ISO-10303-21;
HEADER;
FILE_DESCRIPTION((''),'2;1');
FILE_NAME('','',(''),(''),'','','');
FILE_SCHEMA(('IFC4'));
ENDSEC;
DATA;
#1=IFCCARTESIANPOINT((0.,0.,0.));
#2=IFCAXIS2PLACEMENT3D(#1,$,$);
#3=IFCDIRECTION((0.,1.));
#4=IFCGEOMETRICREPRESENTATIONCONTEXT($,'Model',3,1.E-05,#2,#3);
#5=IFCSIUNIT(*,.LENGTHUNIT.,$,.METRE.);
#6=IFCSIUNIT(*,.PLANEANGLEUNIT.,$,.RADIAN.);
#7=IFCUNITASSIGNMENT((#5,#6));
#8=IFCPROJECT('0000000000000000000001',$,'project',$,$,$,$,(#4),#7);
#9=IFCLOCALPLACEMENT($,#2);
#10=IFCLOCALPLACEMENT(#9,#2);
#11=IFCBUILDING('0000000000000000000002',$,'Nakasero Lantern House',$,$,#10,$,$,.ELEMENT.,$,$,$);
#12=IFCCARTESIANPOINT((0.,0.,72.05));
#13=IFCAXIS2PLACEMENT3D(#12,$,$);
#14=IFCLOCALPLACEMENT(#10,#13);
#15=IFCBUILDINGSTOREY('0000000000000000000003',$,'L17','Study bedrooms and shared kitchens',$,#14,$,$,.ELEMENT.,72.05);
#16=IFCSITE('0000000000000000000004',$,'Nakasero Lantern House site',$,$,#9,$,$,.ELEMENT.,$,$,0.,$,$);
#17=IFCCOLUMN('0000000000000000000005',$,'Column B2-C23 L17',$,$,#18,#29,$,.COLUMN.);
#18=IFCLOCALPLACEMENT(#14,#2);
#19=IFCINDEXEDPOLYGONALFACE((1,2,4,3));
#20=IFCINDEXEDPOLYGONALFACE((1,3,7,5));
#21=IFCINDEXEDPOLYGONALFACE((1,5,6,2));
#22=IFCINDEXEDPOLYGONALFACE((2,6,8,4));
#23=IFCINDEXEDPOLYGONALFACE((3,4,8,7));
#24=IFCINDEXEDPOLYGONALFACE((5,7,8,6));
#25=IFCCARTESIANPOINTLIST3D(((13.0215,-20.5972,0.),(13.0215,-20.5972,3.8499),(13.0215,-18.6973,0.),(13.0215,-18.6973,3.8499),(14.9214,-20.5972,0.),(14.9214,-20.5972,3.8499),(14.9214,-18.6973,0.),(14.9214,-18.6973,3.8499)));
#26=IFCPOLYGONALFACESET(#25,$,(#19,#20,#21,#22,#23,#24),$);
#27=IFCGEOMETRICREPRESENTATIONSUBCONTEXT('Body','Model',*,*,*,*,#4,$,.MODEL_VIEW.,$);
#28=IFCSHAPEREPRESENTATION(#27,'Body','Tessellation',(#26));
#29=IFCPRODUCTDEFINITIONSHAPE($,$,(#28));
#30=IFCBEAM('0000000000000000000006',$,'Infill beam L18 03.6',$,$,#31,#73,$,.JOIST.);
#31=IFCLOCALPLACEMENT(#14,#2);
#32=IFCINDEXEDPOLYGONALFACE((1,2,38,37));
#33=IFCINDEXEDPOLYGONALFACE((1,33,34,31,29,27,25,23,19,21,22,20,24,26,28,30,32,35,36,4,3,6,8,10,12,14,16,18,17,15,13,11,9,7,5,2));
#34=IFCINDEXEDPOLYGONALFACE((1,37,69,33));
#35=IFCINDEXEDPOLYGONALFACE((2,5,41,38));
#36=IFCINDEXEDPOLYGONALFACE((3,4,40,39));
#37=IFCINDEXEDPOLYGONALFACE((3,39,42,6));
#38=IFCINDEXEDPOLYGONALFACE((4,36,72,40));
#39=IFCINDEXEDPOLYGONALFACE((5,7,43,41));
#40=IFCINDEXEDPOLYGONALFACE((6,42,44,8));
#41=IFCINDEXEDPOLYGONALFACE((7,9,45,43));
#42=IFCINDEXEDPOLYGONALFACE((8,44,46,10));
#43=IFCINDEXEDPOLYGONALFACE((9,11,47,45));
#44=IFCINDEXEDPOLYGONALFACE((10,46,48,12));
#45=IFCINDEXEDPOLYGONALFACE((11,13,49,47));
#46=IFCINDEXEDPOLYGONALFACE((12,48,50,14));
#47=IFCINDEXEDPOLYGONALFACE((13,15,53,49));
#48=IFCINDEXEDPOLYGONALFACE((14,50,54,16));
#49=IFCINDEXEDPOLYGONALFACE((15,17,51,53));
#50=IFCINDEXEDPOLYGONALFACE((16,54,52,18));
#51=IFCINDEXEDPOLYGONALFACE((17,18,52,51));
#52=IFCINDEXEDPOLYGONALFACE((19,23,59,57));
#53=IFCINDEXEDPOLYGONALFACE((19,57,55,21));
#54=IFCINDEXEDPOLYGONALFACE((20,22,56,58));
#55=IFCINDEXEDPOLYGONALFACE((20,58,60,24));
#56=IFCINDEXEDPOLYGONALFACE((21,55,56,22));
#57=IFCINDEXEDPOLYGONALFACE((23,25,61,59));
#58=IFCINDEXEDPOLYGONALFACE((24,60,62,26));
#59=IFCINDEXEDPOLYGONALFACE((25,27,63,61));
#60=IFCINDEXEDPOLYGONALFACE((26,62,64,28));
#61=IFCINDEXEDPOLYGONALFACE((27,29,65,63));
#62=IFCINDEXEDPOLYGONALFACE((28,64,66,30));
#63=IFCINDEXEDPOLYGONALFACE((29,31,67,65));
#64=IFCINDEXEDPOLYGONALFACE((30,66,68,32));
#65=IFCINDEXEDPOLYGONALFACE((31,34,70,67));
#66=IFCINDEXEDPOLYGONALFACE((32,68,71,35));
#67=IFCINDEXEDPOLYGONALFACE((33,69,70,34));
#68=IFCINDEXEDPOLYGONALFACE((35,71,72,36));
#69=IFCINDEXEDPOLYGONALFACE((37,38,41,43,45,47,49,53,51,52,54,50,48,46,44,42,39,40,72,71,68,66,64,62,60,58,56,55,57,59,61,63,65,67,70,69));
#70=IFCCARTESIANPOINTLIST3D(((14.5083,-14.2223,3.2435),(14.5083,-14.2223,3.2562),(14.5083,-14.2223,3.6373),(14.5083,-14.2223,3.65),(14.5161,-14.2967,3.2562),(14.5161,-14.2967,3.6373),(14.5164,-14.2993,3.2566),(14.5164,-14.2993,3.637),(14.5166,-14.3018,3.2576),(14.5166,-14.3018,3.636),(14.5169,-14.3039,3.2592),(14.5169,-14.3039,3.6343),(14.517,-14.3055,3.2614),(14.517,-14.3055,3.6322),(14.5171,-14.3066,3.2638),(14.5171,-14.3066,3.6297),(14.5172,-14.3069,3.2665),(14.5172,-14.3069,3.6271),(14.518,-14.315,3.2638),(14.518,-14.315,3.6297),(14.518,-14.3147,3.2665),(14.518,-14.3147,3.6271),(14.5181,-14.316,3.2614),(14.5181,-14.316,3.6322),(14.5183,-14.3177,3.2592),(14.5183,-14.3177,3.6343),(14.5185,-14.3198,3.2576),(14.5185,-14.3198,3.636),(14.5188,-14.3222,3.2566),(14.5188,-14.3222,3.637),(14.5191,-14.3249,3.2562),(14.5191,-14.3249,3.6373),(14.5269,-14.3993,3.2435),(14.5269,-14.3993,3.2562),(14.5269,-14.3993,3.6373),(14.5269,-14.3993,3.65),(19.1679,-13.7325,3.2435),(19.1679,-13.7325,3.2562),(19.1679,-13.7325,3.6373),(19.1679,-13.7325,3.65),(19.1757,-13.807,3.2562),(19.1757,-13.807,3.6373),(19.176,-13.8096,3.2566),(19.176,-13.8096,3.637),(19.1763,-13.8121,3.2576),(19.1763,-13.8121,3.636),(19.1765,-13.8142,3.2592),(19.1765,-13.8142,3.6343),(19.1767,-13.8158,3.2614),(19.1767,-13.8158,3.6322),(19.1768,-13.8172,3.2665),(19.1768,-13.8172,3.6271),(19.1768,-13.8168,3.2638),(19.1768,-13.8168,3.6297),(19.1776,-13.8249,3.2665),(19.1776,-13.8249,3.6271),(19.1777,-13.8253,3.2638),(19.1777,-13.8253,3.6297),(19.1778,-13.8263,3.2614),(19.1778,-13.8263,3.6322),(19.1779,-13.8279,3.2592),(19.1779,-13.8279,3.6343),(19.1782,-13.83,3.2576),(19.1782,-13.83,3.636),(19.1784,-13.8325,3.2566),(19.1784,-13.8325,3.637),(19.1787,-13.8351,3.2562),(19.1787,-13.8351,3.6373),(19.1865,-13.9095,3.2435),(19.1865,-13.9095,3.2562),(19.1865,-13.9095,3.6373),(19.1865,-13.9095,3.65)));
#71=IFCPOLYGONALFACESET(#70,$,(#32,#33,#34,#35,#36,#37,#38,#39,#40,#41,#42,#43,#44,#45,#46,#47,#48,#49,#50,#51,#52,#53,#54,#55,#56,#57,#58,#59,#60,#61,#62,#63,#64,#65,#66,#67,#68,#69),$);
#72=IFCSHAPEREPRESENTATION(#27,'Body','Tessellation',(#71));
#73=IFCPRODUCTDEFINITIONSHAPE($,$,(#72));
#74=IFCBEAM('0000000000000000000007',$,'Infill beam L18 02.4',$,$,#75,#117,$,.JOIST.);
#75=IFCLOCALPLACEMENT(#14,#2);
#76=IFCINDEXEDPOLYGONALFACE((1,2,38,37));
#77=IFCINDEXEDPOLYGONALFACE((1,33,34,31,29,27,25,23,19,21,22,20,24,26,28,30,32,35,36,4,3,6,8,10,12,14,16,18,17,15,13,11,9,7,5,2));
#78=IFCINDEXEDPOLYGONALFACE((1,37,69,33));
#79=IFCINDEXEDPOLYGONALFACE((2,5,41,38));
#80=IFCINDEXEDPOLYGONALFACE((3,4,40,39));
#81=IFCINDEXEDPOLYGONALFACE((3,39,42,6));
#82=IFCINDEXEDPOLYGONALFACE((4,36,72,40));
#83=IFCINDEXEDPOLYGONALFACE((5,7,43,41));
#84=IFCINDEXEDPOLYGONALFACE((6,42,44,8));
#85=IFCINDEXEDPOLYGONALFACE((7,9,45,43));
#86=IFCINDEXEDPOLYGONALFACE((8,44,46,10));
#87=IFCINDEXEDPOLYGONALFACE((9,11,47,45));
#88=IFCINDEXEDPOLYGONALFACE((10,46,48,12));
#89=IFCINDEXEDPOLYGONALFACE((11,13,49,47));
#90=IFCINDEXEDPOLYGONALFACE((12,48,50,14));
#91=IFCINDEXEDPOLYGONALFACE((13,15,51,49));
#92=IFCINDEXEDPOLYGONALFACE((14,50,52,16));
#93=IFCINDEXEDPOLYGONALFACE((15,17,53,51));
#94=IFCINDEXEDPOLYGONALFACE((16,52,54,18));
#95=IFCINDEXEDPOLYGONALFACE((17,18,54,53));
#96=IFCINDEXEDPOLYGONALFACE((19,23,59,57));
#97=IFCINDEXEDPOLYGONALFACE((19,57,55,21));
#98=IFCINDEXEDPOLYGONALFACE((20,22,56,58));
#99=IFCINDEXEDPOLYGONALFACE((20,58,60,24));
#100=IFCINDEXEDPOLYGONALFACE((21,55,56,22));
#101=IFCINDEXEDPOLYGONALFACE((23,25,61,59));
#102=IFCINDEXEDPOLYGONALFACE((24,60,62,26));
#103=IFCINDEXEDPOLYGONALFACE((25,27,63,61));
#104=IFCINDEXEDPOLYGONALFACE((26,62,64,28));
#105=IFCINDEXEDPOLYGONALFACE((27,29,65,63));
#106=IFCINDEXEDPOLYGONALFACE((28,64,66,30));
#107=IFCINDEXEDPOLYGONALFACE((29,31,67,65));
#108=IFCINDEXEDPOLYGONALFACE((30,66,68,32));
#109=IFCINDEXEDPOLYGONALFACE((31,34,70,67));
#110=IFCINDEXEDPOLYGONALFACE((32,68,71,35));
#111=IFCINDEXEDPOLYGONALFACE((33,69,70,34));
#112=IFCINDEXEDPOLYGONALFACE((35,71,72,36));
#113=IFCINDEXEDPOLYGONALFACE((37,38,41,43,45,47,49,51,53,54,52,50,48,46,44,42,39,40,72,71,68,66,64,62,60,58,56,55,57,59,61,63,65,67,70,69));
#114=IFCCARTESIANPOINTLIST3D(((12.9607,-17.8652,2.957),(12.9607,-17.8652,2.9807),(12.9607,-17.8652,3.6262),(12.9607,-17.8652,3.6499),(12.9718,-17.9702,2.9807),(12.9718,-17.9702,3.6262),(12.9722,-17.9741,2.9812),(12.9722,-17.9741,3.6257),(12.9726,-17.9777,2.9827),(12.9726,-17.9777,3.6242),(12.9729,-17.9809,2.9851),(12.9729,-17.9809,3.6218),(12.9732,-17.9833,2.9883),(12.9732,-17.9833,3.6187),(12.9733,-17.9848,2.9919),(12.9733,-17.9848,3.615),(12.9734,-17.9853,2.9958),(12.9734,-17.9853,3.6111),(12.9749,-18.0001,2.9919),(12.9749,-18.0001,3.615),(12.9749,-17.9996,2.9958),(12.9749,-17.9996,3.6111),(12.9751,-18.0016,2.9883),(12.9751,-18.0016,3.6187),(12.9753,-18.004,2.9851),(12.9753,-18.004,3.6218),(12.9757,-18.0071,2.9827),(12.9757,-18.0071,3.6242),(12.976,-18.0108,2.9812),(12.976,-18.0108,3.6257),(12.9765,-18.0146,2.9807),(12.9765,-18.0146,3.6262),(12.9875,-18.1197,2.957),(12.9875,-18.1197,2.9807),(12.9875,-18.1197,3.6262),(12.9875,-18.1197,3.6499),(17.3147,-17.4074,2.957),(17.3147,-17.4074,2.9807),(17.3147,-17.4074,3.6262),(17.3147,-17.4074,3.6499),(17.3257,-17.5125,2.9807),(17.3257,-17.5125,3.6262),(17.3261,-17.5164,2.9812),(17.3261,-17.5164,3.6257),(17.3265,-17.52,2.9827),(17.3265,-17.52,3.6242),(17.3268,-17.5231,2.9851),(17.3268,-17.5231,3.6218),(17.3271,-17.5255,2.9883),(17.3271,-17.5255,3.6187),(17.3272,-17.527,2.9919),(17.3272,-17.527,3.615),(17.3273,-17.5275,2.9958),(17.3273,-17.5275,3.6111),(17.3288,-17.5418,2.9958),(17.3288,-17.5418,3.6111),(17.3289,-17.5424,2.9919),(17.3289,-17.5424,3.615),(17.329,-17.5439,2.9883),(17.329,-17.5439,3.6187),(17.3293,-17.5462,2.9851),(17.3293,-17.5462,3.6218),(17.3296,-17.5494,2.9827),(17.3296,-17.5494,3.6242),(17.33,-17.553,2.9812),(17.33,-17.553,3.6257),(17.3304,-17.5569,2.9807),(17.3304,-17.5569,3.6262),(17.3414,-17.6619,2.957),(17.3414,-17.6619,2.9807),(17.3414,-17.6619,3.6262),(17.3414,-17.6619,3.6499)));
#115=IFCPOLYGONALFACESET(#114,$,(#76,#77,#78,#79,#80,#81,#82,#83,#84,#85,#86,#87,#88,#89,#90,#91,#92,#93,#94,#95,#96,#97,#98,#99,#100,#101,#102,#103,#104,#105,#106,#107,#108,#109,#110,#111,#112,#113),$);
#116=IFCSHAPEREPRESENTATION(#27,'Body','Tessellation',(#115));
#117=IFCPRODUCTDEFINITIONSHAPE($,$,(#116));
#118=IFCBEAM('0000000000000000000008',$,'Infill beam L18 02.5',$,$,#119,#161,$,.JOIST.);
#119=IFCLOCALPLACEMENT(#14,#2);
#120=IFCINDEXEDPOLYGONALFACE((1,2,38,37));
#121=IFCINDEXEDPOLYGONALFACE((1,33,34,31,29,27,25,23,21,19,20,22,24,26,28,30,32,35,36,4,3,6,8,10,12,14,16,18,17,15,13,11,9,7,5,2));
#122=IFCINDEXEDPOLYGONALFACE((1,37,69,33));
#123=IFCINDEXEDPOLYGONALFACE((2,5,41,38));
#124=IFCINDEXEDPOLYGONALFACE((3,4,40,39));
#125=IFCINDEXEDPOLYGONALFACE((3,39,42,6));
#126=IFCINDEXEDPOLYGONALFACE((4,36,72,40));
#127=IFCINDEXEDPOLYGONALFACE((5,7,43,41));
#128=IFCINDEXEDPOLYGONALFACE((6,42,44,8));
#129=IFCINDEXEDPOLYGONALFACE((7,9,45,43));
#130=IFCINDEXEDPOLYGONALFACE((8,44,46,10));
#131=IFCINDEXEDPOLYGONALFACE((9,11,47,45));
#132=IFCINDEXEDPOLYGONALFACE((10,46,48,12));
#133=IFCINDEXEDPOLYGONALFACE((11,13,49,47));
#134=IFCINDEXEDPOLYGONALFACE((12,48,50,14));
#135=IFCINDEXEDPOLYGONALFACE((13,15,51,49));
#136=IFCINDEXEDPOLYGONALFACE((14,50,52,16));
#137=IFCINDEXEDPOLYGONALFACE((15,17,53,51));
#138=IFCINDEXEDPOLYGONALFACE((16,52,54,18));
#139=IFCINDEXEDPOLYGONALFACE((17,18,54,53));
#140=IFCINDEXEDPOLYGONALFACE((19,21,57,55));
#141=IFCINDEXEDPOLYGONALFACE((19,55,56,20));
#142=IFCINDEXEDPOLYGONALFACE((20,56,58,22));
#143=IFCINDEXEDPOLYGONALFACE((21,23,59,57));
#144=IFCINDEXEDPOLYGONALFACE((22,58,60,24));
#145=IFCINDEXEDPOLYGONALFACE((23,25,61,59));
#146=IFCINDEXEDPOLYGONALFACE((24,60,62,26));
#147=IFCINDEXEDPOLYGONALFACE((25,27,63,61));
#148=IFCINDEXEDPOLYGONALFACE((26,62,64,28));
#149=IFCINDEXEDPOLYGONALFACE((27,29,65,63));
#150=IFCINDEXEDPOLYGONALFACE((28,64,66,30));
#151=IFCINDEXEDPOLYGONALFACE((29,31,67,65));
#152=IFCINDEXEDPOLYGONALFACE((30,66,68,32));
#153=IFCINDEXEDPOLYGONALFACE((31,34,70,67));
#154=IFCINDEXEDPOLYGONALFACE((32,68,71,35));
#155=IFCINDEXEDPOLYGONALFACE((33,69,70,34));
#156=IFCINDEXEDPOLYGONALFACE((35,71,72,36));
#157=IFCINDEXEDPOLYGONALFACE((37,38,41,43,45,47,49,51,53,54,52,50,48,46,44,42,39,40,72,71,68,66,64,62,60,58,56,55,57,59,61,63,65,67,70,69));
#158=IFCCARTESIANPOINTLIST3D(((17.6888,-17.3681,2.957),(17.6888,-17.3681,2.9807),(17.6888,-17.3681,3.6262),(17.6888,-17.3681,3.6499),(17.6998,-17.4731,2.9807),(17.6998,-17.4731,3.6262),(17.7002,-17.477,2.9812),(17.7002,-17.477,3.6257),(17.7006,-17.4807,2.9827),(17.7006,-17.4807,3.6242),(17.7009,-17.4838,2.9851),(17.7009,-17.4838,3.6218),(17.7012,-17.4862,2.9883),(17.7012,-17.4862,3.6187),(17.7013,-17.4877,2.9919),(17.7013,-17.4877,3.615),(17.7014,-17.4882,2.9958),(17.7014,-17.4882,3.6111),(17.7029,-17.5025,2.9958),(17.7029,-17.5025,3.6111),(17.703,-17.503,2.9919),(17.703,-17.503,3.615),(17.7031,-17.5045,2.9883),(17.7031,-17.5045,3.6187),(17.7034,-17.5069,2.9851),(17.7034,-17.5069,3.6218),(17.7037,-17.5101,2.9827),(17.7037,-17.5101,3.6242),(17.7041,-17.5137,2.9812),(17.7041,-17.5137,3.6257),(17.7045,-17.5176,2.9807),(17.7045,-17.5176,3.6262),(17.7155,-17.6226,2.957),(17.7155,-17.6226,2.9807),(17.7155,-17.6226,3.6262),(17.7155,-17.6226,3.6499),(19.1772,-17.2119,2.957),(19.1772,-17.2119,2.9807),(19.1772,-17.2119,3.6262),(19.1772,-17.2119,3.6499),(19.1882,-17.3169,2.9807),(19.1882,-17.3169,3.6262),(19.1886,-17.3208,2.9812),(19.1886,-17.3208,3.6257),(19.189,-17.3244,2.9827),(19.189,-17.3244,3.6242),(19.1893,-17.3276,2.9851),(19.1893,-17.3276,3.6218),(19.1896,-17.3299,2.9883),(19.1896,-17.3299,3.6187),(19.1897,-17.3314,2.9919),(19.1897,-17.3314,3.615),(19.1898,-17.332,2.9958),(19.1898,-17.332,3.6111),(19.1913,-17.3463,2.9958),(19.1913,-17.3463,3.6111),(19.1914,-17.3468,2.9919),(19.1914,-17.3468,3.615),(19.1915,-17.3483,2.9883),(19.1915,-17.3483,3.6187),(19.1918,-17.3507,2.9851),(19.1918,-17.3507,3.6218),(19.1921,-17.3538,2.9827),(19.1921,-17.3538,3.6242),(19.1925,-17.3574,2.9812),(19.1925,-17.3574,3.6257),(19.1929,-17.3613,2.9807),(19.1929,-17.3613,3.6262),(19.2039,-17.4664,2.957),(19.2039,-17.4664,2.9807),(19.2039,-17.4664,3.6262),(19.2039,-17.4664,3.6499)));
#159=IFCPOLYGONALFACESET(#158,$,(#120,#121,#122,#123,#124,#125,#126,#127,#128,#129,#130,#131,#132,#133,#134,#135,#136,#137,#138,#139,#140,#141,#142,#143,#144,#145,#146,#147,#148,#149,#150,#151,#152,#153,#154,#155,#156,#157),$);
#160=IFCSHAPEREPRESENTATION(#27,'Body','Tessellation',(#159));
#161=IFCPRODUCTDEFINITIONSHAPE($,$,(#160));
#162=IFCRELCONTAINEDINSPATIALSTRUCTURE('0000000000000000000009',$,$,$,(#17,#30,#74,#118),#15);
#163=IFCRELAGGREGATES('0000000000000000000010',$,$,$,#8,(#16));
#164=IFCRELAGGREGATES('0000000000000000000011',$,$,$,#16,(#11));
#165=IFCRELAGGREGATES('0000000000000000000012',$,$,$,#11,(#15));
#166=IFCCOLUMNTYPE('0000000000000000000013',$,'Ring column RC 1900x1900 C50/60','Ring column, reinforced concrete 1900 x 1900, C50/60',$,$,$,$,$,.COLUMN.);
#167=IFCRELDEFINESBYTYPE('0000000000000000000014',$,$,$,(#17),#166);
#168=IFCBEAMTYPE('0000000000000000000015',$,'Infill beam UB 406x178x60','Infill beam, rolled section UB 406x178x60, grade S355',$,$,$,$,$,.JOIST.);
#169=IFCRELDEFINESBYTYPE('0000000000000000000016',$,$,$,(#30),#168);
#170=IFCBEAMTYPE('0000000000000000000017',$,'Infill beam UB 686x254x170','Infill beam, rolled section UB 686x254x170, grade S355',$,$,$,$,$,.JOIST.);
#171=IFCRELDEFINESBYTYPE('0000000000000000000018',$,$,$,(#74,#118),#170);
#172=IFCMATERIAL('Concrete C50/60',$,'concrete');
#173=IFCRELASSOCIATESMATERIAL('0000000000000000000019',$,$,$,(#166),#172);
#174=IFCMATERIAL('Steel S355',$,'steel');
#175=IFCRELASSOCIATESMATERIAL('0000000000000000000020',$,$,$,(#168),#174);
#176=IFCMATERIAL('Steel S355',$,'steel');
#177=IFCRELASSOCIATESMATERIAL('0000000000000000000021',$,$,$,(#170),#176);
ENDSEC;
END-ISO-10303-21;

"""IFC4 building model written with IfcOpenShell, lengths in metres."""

from ifc_helpers import new_model, si_unit, direction, frame, origin, origin_2d, place, context, subcontext, project, spatial, rectangle, i_section, extrude, material, material_profile, profile_set, type_object, element, save


model = new_model("IFC4")

# Units and contexts
model_context = context("Model", 3, precision=1e-05, world=origin(), true_north=direction((0.0, 1.0)))
body_context = subcontext(model_context, "Body", "Model", "MODEL_VIEW")
ifc_project = project(units=[si_unit("LENGTHUNIT", "METRE"), si_unit("PLANEANGLEUNIT", "RADIAN")], contexts=[model_context])

# Site, building, storey
site_placement = place(None, origin())
site = spatial("IfcSite", under=ifc_project, at=site_placement, Name="Nakasero Lantern House site", CompositionType="ELEMENT", RefElevation=0.0)
building_placement = place(site_placement, origin())
building = spatial("IfcBuilding", under=site, at=building_placement, Name="Nakasero Lantern House", CompositionType="ELEMENT")
storey_placement = place(building_placement, frame((0.0, 0.0, 72.05)))
storey = spatial("IfcBuildingStorey", under=building, at=storey_placement, Name="L17", Description="Study bedrooms and shared kitchens", CompositionType="ELEMENT", Elevation=72.05)

# Column
ifc_material_1 = material(Name="Concrete C50/60", Category="concrete")
ifc_material_profile_1 = material_profile(ifc_material_1, rectangle(XDim=1.8999, YDim=1.8999, at=origin_2d()), Name="RC 1900x1900")
ifc_profile_set_1 = profile_set([ifc_material_profile_1], Name="Concrete C50/60")
column_type = type_object("IfcColumnType", Name="Ring column RC 1900x1900 C50/60", Description="Ring column, reinforced concrete 1900 x 1900, C50/60", PredefinedType="COLUMN", material=ifc_profile_set_1)
column_placement = place(storey_placement, frame((13.9714, -19.6472, 0.0), z_axis=(0.0, 0.0, 1.0), x_axis=(1.0, 0.0, 0.0)))
element("IfcColumn", 1, at=column_placement, inside=storey, type_object=column_type, Name="Column B2-C23 L17", PredefinedType="COLUMN", context=body_context, shape_type="SweptSolid", body=[
    extrude(rectangle(XDim=1.8999, YDim=1.8999, at=origin_2d()), origin(), (0.0, 0.0, 1.0), 3.8499),
])

# Beams
ifc_material_2 = material(Name="Steel S355", Category="steel")
ifc_material_profile_2 = material_profile(ifc_material_2, i_section(OverallWidth=0.178, OverallDepth=0.4065, WebThickness=0.0078, FlangeThickness=0.0127, FilletRadius=0.0103, at=origin_2d()), Name="UB 406x178x60")
ifc_profile_set_2 = profile_set([ifc_material_profile_2], Name="Steel S355")
beam_type_1 = type_object("IfcBeamType", Name="Infill beam UB 406x178x60", Description="Infill beam, rolled section UB 406x178x60, grade S355", PredefinedType="JOIST", material=ifc_profile_set_2)
beam_1_placement = place(storey_placement, frame((14.5176, -14.3108, 3.4468), z_axis=(0.994522, 0.104527, 0.0), x_axis=(-0.104527, 0.994522, 0.0)))
element("IfcBeam", 2, at=beam_1_placement, inside=storey, type_object=beam_type_1, Name="Infill beam L18 03.6", PredefinedType="JOIST", context=body_context, shape_type="SweptSolid", body=[
    extrude(i_section(OverallWidth=0.178, OverallDepth=0.4065, WebThickness=0.0078, FlangeThickness=0.0127, FilletRadius=0.0103, at=origin_2d()), origin(), (0.0, 0.0, 1.0), 4.6853),
])
ifc_material_3 = material(Name="Steel S355", Category="steel")
ifc_material_profile_3 = material_profile(ifc_material_3, i_section(OverallWidth=0.2559, OverallDepth=0.6929, WebThickness=0.0144, FlangeThickness=0.0237, FilletRadius=0.0151, at=origin_2d()), Name="UB 686x254x170")
ifc_profile_set_3 = profile_set([ifc_material_profile_3], Name="Steel S355")
beam_type_2 = type_object("IfcBeamType", Name="Infill beam UB 686x254x170", Description="Infill beam, rolled section UB 686x254x170, grade S355", PredefinedType="JOIST", material=ifc_profile_set_3)
beam_2_placement = place(storey_placement, frame((12.9741, -17.9924, 3.3035), z_axis=(0.994519, 0.10456, 0.0), x_axis=(-0.10456, 0.994519, 0.0)))
element("IfcBeam", 3, at=beam_2_placement, inside=storey, type_object=beam_type_2, Name="Infill beam L18 02.4", PredefinedType="JOIST", context=body_context, shape_type="SweptSolid", body=[
    extrude(i_section(OverallWidth=0.2559, OverallDepth=0.6929, WebThickness=0.0144, FlangeThickness=0.0237, FilletRadius=0.0151, at=origin_2d()), origin(), (0.0, 0.0, 1.0), 4.3779),
])
beam_3_placement = place(storey_placement, frame((17.7021, -17.4954, 3.3035), z_axis=(0.994536, 0.104396, 0.0), x_axis=(-0.104396, 0.994536, 0.0)))
element("IfcBeam", 4, at=beam_3_placement, inside=storey, type_object=beam_type_2, Name="Infill beam L18 02.5", PredefinedType="JOIST", context=body_context, shape_type="SweptSolid", body=[
    extrude(i_section(OverallWidth=0.2559, OverallDepth=0.6929, WebThickness=0.0144, FlangeThickness=0.0237, FilletRadius=0.0151, at=origin_2d()), origin(), (0.0, 0.0, 1.0), 1.4966),
])

save(model, "model.ifc")
